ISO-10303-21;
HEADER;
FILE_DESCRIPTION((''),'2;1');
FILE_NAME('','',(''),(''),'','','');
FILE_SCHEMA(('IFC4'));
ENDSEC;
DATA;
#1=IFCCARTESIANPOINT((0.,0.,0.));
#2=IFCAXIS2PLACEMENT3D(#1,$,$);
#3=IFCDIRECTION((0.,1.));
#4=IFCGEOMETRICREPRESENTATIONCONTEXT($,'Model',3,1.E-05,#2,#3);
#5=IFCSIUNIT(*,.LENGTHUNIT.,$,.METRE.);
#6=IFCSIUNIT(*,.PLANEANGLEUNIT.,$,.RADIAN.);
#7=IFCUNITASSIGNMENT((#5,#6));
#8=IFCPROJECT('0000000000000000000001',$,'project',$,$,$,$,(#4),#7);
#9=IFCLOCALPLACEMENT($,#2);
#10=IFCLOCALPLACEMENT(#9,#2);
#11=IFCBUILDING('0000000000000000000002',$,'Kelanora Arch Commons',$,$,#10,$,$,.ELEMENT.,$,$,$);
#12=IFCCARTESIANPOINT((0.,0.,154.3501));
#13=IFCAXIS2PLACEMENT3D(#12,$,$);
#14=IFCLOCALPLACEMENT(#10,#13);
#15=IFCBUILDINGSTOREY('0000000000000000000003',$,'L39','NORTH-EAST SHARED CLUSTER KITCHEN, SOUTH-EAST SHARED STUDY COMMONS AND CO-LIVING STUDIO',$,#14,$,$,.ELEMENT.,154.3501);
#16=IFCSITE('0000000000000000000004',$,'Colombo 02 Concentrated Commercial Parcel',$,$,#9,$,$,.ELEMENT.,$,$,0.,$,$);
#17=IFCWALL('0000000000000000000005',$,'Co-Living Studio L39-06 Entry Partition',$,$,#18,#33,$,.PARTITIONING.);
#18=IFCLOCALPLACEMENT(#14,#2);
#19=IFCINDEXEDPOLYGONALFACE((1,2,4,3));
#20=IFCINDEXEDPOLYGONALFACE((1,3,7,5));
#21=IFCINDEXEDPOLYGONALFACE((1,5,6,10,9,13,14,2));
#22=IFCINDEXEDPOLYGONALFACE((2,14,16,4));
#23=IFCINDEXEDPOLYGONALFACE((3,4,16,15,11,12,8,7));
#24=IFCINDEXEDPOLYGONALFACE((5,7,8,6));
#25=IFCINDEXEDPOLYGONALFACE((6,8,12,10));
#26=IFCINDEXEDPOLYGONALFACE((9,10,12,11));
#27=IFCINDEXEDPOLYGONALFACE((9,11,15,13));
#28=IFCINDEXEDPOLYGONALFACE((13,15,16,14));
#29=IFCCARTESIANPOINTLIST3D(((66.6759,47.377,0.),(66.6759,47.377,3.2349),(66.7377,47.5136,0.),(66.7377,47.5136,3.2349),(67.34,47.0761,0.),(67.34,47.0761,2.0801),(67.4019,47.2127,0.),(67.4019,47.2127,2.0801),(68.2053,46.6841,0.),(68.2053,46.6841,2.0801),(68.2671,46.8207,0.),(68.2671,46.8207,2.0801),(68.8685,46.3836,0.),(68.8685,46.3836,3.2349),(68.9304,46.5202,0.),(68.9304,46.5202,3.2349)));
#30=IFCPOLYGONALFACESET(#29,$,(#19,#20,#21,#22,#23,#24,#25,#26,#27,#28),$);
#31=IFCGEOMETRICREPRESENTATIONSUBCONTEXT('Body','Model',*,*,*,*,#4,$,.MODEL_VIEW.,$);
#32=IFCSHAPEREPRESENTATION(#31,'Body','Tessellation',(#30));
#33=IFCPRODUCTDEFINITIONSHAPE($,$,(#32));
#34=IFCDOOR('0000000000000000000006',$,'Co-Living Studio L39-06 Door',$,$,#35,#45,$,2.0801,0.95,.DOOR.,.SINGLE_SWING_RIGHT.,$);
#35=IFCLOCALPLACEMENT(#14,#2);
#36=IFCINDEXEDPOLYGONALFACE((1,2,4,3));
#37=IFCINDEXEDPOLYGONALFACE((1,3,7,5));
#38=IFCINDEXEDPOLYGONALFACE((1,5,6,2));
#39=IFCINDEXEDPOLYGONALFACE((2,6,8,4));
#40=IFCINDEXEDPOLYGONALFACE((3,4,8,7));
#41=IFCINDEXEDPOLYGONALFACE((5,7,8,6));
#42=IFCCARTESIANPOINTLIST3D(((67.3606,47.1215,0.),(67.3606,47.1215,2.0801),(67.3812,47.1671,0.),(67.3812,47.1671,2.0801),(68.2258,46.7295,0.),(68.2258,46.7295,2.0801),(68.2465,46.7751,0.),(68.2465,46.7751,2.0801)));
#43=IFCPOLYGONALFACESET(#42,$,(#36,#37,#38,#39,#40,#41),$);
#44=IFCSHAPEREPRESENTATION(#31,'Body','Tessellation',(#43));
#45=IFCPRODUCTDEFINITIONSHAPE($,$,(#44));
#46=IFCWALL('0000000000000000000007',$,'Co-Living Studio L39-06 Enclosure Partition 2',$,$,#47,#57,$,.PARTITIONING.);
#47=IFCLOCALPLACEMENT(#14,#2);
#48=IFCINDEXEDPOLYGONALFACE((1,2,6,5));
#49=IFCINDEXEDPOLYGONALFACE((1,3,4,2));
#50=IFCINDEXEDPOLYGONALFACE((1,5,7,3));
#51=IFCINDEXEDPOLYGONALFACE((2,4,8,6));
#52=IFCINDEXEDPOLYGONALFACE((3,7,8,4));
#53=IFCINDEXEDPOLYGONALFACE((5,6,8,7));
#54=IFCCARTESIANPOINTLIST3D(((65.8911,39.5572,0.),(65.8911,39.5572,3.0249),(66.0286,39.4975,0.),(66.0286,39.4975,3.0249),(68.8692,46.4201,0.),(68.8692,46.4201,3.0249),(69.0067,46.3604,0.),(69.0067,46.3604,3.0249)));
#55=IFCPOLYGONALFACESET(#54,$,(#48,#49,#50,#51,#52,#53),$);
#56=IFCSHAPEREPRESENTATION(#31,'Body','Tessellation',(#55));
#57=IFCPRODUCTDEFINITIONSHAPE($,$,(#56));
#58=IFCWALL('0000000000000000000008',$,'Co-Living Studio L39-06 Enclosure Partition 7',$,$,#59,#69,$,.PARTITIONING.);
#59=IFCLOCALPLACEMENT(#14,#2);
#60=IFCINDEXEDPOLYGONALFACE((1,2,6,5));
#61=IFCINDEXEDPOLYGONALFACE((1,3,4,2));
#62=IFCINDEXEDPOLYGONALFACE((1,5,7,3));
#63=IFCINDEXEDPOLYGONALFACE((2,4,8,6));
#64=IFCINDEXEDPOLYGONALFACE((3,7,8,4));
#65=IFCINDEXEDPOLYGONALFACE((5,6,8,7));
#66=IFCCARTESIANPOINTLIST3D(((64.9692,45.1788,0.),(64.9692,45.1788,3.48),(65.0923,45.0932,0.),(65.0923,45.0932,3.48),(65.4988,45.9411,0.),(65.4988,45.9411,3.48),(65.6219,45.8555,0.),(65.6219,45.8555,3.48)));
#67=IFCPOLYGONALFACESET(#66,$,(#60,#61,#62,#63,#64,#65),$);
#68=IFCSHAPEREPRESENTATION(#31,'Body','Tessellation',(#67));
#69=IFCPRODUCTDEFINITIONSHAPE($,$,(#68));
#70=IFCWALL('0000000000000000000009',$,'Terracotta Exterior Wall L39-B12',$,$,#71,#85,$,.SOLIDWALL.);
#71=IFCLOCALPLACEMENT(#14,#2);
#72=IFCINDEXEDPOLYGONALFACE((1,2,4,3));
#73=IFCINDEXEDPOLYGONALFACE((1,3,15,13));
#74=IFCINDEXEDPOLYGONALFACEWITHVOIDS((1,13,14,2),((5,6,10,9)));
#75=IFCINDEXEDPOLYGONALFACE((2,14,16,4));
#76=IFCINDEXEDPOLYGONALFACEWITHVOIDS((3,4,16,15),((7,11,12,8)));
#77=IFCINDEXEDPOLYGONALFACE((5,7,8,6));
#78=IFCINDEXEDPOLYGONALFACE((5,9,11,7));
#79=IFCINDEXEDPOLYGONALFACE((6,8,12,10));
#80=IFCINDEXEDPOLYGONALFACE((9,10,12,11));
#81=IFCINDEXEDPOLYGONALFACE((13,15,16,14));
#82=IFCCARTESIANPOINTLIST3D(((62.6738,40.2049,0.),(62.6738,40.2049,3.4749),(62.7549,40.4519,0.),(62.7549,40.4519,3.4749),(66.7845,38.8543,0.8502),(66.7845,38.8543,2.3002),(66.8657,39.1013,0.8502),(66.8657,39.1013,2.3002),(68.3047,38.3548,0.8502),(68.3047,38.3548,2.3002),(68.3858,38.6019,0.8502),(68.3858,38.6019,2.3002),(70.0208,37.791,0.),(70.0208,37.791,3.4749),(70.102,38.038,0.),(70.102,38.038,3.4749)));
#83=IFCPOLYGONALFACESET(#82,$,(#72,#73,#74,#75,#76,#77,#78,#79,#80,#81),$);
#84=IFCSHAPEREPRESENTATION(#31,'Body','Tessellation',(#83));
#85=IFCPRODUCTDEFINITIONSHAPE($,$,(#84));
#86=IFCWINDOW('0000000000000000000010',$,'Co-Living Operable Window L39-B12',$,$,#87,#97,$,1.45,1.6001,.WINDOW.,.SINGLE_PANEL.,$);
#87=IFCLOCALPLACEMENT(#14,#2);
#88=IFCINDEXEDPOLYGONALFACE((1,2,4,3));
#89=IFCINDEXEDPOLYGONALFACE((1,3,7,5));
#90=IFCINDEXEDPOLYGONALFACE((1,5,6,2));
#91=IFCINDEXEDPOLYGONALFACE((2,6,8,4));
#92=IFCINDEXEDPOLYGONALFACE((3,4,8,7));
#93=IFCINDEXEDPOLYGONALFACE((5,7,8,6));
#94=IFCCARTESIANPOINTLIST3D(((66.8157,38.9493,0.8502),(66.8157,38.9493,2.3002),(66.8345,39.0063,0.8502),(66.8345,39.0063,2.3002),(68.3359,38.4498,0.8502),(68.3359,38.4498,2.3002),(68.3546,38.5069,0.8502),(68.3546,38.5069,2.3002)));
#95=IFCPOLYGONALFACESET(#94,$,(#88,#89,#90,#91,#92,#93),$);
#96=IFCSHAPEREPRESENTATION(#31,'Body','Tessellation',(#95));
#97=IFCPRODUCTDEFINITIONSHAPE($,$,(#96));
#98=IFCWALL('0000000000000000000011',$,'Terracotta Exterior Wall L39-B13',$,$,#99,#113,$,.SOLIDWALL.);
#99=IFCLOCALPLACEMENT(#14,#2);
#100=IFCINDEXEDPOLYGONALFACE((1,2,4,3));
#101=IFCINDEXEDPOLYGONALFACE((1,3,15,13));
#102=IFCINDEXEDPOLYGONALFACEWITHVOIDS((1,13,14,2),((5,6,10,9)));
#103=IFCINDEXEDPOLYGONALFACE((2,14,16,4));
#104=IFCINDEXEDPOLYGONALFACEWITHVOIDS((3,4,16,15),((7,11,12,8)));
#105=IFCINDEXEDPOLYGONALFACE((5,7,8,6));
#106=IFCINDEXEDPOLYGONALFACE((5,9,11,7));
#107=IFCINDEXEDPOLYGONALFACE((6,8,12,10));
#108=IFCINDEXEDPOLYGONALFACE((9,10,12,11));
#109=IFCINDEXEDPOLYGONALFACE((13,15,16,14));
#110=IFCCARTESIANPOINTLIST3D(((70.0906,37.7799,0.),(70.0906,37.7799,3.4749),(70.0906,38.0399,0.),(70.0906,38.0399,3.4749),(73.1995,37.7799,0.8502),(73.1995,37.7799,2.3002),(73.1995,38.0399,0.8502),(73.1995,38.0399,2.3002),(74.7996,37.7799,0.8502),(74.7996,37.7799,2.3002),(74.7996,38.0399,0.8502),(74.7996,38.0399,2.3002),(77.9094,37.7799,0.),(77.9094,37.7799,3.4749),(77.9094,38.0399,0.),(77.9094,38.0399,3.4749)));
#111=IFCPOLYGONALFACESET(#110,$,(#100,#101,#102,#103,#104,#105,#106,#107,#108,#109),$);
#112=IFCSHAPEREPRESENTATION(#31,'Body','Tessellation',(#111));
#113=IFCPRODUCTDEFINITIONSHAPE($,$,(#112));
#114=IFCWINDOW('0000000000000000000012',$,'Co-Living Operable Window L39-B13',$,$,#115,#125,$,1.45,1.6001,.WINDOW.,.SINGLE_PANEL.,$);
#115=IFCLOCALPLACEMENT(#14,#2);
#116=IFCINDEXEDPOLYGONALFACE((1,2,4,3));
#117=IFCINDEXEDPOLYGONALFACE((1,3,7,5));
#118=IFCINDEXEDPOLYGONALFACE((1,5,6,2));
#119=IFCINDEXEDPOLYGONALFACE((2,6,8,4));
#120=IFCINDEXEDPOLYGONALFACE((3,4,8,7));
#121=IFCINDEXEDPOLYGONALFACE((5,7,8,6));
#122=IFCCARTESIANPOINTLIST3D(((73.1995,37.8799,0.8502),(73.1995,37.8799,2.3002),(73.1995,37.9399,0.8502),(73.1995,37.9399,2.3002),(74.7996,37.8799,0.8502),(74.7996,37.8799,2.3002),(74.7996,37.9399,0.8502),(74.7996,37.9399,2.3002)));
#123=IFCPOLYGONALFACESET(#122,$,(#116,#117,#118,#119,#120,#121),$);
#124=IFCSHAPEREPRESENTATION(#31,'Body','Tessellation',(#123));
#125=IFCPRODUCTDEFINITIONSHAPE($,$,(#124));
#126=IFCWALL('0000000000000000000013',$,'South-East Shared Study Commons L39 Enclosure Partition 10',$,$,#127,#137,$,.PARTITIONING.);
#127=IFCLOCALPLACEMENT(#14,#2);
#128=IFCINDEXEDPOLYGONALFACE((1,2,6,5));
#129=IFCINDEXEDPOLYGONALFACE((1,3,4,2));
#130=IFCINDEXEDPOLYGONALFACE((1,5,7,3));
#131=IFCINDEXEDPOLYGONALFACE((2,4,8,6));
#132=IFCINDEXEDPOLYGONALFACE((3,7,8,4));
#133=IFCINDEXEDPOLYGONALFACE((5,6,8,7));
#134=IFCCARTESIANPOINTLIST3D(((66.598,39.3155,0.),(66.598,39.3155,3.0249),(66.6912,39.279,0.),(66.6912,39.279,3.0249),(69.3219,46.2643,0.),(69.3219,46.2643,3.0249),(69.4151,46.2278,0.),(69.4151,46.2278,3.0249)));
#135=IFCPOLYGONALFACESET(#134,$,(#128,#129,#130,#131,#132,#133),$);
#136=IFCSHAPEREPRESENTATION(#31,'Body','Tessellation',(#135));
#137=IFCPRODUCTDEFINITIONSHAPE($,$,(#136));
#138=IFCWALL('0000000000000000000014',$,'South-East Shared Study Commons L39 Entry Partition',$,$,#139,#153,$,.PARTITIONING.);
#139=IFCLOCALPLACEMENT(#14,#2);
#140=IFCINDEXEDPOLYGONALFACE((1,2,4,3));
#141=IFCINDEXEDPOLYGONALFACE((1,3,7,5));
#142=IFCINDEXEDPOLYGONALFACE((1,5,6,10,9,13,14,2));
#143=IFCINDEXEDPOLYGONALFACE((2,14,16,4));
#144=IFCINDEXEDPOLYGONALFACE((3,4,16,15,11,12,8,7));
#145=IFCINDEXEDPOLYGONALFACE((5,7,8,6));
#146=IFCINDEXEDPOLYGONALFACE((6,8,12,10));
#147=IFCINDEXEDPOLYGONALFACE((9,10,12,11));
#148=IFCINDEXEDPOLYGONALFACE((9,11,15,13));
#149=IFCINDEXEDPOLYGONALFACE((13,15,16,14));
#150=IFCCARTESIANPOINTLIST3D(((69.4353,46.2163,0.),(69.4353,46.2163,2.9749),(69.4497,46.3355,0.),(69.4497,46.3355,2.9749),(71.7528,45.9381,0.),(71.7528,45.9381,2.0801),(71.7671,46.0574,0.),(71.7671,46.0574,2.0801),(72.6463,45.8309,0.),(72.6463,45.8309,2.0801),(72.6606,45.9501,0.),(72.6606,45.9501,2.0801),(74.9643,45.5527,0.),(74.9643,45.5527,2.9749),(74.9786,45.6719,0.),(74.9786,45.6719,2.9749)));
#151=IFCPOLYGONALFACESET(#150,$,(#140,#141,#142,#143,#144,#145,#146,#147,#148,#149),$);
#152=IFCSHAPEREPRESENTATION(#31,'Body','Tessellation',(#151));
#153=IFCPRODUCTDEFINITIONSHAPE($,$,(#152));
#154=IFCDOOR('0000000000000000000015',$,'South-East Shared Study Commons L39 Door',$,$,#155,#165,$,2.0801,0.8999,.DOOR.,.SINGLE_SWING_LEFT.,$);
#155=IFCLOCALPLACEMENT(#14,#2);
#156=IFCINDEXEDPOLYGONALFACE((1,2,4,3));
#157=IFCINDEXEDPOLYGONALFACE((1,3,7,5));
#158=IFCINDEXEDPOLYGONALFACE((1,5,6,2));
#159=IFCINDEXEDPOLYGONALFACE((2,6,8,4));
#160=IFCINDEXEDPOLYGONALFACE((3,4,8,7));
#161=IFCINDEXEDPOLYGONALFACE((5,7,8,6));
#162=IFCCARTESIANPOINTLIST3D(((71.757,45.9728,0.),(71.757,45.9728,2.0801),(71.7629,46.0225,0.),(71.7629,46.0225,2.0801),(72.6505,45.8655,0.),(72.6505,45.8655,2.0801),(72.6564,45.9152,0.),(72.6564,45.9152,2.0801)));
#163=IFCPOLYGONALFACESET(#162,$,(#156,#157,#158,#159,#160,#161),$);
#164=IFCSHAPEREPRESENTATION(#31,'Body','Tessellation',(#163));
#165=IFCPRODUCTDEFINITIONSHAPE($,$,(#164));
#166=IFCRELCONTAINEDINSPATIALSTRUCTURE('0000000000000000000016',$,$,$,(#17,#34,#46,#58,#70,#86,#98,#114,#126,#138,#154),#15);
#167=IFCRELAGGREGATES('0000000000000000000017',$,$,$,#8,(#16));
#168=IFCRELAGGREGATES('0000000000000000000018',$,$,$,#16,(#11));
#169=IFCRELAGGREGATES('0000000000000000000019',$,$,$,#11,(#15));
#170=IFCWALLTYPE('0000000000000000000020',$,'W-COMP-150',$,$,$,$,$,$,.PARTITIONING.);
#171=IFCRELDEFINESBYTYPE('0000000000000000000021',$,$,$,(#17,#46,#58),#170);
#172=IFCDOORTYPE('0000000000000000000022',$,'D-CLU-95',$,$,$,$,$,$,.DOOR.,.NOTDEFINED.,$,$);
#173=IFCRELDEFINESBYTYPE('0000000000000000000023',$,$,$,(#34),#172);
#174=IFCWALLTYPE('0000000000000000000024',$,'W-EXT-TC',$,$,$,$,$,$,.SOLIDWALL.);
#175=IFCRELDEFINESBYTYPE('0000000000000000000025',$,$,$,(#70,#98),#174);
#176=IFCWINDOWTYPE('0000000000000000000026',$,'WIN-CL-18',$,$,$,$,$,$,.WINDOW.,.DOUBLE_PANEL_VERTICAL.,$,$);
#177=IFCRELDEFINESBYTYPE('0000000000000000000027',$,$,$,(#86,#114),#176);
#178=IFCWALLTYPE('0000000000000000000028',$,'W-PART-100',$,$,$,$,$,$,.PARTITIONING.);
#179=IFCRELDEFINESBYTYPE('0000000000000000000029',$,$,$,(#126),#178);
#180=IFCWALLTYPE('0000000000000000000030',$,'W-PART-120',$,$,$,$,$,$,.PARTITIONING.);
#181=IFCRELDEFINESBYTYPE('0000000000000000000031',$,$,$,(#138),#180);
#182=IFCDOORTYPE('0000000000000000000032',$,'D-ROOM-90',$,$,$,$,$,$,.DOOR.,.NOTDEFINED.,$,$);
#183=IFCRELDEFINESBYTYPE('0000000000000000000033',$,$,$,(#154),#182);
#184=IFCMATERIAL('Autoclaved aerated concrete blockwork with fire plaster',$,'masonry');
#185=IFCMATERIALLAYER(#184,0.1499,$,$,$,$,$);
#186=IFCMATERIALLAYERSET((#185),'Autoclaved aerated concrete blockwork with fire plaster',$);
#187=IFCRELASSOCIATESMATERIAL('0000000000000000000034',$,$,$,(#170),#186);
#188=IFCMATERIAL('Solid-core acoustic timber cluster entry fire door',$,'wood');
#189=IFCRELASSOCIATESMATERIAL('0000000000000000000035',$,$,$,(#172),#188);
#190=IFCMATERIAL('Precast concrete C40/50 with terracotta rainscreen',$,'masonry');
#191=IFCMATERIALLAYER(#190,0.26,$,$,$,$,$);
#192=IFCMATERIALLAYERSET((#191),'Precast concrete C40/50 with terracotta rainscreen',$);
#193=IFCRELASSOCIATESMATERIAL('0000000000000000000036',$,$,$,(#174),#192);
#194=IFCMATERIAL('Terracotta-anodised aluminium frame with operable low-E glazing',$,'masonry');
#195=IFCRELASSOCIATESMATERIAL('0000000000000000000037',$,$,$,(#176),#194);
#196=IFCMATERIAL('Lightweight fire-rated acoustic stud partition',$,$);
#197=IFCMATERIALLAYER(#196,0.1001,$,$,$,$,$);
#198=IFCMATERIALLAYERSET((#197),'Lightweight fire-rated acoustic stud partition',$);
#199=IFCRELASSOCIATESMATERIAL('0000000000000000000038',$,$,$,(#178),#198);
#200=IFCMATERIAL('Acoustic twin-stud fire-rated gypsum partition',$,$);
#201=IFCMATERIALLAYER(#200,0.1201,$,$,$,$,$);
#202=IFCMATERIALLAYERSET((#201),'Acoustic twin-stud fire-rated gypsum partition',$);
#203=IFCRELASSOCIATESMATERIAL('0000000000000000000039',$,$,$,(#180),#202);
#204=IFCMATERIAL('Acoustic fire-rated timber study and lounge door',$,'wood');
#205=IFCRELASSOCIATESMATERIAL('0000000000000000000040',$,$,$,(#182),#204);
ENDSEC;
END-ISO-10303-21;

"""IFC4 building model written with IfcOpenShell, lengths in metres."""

from ifc_helpers import new_model, si_unit, direction, frame, frame_2d, origin, place, context, subcontext, project, spatial, rectangle, extrude, material, layer, layer_set, type_object, element, fill, save


model = new_model("IFC4")

# Units and contexts
model_context = context("Model", 3, precision=1e-05, world=origin(), true_north=direction((0.0, 1.0)))
body_context = subcontext(model_context, "Body", "Model", "MODEL_VIEW")
ifc_project = project(units=[si_unit("LENGTHUNIT", "METRE"), si_unit("PLANEANGLEUNIT", "RADIAN")], contexts=[model_context])

# Site, building, storey
site_placement = place(None, origin())
site = spatial("IfcSite", under=ifc_project, at=site_placement, Name="Colombo 02 Concentrated Commercial Parcel", CompositionType="ELEMENT", RefElevation=0.0)
building_placement = place(site_placement, origin())
building = spatial("IfcBuilding", under=site, at=building_placement, Name="Kelanora Arch Commons", CompositionType="ELEMENT")
storey_placement = place(building_placement, frame((0.0, 0.0, 154.3501)))
storey = spatial("IfcBuildingStorey", under=building, at=storey_placement, Name="L39", Description="NORTH-EAST SHARED CLUSTER KITCHEN, SOUTH-EAST SHARED STUDY COMMONS AND CO-LIVING STUDIO", CompositionType="ELEMENT", Elevation=154.3501)

# Wall, opening, door
ifc_material_1 = material(Name="Autoclaved aerated concrete blockwork with fire plaster", Category="masonry")
ifc_layer_1 = layer(ifc_material_1, 0.1499)
ifc_layer_set_1 = layer_set([ifc_layer_1], Name="Autoclaved aerated concrete blockwork with fire plaster")
wall_type_1 = type_object("IfcWallType", Name="W-COMP-150", PredefinedType="PARTITIONING", material=ifc_layer_set_1)
wall_1_placement = place(storey_placement, frame((66.7068, 47.4453, 0.0), z_axis=(0.0, 0.0, 1.0), x_axis=(0.910873, -0.412687, 0.0)))
wall_1 = element("IfcWall", 1, at=wall_1_placement, inside=storey, type_object=wall_type_1, Name="Co-Living Studio L39-06 Entry Partition", PredefinedType="PARTITIONING", context=body_context, shape_type="SweptSolid", body=[
    extrude(rectangle(XDim=2.4072, YDim=0.1499, at=frame_2d((1.2036, 0.0))), origin(), (0.0, 0.0, 1.0), 3.2349),
])
opening_1_placement = place(wall_1_placement, frame((0.729, 0.0, 0.0)))
opening_1 = element("IfcOpeningElement", 2, at=opening_1_placement, cuts=wall_1, PredefinedType="OPENING", context=body_context, shape_type="SweptSolid", body=[
    extrude(rectangle(XDim=0.95, YDim=2.0801, at=frame_2d((0.4751, 1.04))), frame((0.0, 0.085, 0.0), z_axis=(0.0, -1.0, 0.0), x_axis=(1.0, 0.0, 0.0)), (0.0, 0.0, 1.0), 0.1699),
])
ifc_material_2 = material(Name="Solid-core acoustic timber cluster entry fire door", Category="wood")
door_type_1 = type_object("IfcDoorType", Name="D-CLU-95", OperationType="NOTDEFINED", PredefinedType="DOOR", material=ifc_material_2)
door_1_placement = place(opening_1_placement, origin())
door_1 = element("IfcDoor", 3, at=door_1_placement, inside=storey, type_object=door_type_1, Name="Co-Living Studio L39-06 Door", OperationType="SINGLE_SWING_RIGHT", OverallHeight=2.0801, OverallWidth=0.95, PredefinedType="DOOR", context=body_context, shape_type="SweptSolid", body=[
    extrude(rectangle(XDim=0.95, YDim=2.0801, at=frame_2d((0.4751, 1.04))), frame((0.0, 0.0249, 0.0), z_axis=(0.0, -1.0, 0.0), x_axis=(1.0, 0.0, 0.0)), (0.0, 0.0, 1.0), 0.05),
])
fill(opening_1, door_1)

# Walls
wall_2_placement = place(storey_placement, frame((68.938, 46.3904, 0.0), z_axis=(0.0, 0.0, 1.0), x_axis=(-0.398074, -0.917353, 0.0)))
element("IfcWall", 4, at=wall_2_placement, inside=storey, type_object=wall_type_1, Name="Co-Living Studio L39-06 Enclosure Partition 2", PredefinedType="PARTITIONING", context=body_context, shape_type="SweptSolid", body=[
    extrude(rectangle(XDim=7.4812, YDim=0.1499, at=frame_2d((3.7407, 0.0))), origin(), (0.0, 0.0, 1.0), 3.0249),
])
wall_3_placement = place(storey_placement, frame((65.0308, 45.136, 0.0), z_axis=(0.0, 0.0, 1.0), x_axis=(0.570563, 0.821254, 0.0)))
element("IfcWall", 5, at=wall_3_placement, inside=storey, type_object=wall_type_1, Name="Co-Living Studio L39-06 Enclosure Partition 7", PredefinedType="PARTITIONING", context=body_context, shape_type="SweptSolid", body=[
    extrude(rectangle(XDim=0.9282, YDim=0.1499, at=frame_2d((0.4641, 0.0))), origin(), (0.0, 0.0, 1.0), 3.48),
])

# Walls, openings, windows
ifc_material_3 = material(Name="Precast concrete C40/50 with terracotta rainscreen", Category="masonry")
ifc_layer_2 = layer(ifc_material_3, 0.26)
ifc_layer_set_2 = layer_set([ifc_layer_2], Name="Precast concrete C40/50 with terracotta rainscreen")
wall_type_2 = type_object("IfcWallType", Name="W-EXT-TC", PredefinedType="SOLIDWALL", material=ifc_layer_set_2)
wall_4_placement = place(storey_placement, frame((62.7144, 40.3284, 0.0), z_axis=(0.0, 0.0, 1.0), x_axis=(0.950038, -0.312133, 0.0)))
wall_4 = element("IfcWall", 6, at=wall_4_placement, inside=storey, type_object=wall_type_2, Name="Terracotta Exterior Wall L39-B12", PredefinedType="SOLIDWALL", context=body_context, shape_type="SweptSolid", body=[
    extrude(rectangle(XDim=7.7334, YDim=0.26, at=frame_2d((3.8667, 0.0))), origin(), (0.0, 0.0, 1.0), 3.4749),
])
opening_2_placement = place(wall_4_placement, frame((4.3269, 0.0, 0.8501)))
opening_2 = element("IfcOpeningElement", 7, at=opening_2_placement, cuts=wall_4, PredefinedType="OPENING", context=body_context, shape_type="SweptSolid", body=[
    extrude(rectangle(XDim=1.6001, YDim=1.45, at=frame_2d((0.8, 0.7251))), frame((0.0, 0.1401, 0.0), z_axis=(0.0, -1.0, 0.0), x_axis=(1.0, 0.0, 0.0)), (0.0, 0.0, 1.0), 0.28),
])
ifc_material_4 = material(Name="Terracotta-anodised aluminium frame with operable low-E glazing", Category="masonry")
window_type = type_object("IfcWindowType", Name="WIN-CL-18", PartitioningType="DOUBLE_PANEL_VERTICAL", PredefinedType="WINDOW", material=ifc_material_4)
window_1_placement = place(opening_2_placement, origin())
window_1 = element("IfcWindow", 8, at=window_1_placement, inside=storey, type_object=window_type, Name="Co-Living Operable Window L39-B12", OverallHeight=1.45, OverallWidth=1.6001, PartitioningType="SINGLE_PANEL", PredefinedType="WINDOW", context=body_context, shape_type="SweptSolid", body=[
    extrude(rectangle(XDim=1.6001, YDim=1.45, at=frame_2d((0.8, 0.7251))), frame((0.0, 0.03, 0.0), z_axis=(0.0, -1.0, 0.0), x_axis=(1.0, 0.0, 0.0)), (0.0, 0.0, 1.0), 0.0601),
])
fill(opening_2, window_1)
wall_5_placement = place(storey_placement, frame((70.0906, 37.9099, 0.0), z_axis=(0.0, 0.0, 1.0), x_axis=(1.0, 0.0, 0.0)))
wall_5 = element("IfcWall", 9, at=wall_5_placement, inside=storey, type_object=wall_type_2, Name="Terracotta Exterior Wall L39-B13", PredefinedType="SOLIDWALL", context=body_context, shape_type="SweptSolid", body=[
    extrude(rectangle(XDim=7.8188, YDim=0.26, at=frame_2d((3.9094, 0.0))), origin(), (0.0, 0.0, 1.0), 3.4749),
])
opening_3_placement = place(wall_5_placement, frame((3.1089, 0.0, 0.8501)))
opening_3 = element("IfcOpeningElement", 10, at=opening_3_placement, cuts=wall_5, PredefinedType="OPENING", context=body_context, shape_type="SweptSolid", body=[
    extrude(rectangle(XDim=1.6001, YDim=1.45, at=frame_2d((0.8, 0.7251))), frame((0.0, 0.1401, 0.0), z_axis=(0.0, -1.0, 0.0), x_axis=(1.0, 0.0, 0.0)), (0.0, 0.0, 1.0), 0.28),
])
window_2_placement = place(opening_3_placement, origin())
window_2 = element("IfcWindow", 11, at=window_2_placement, inside=storey, type_object=window_type, Name="Co-Living Operable Window L39-B13", OverallHeight=1.45, OverallWidth=1.6001, PartitioningType="SINGLE_PANEL", PredefinedType="WINDOW", context=body_context, shape_type="SweptSolid", body=[
    extrude(rectangle(XDim=1.6001, YDim=1.45, at=frame_2d((0.8, 0.7251))), frame((0.0, 0.03, 0.0), z_axis=(0.0, -1.0, 0.0), x_axis=(1.0, 0.0, 0.0)), (0.0, 0.0, 1.0), 0.0601),
])
fill(opening_3, window_2)

# Wall
ifc_material_5 = material(Name="Lightweight fire-rated acoustic stud partition")
ifc_layer_3 = layer(ifc_material_5, 0.1001)
ifc_layer_set_3 = layer_set([ifc_layer_3], Name="Lightweight fire-rated acoustic stud partition")
wall_type_3 = type_object("IfcWallType", Name="W-PART-100", PredefinedType="PARTITIONING", material=ifc_layer_set_3)
wall_6_placement = place(storey_placement, frame((66.6445, 39.2971, 0.0), z_axis=(0.0, 0.0, 1.0), x_axis=(0.364958, 0.931024, 0.0)))
element("IfcWall", 12, at=wall_6_placement, inside=storey, type_object=wall_type_3, Name="South-East Shared Study Commons L39 Enclosure Partition 10", PredefinedType="PARTITIONING", context=body_context, shape_type="SweptSolid", body=[
    extrude(rectangle(XDim=7.4636, YDim=0.1001, at=frame_2d((3.7319, 0.0))), origin(), (0.0, 0.0, 1.0), 3.0249),
])

# Wall, opening, door
ifc_material_6 = material(Name="Acoustic twin-stud fire-rated gypsum partition")
ifc_layer_4 = layer(ifc_material_6, 0.1201)
ifc_layer_set_4 = layer_set([ifc_layer_4], Name="Acoustic twin-stud fire-rated gypsum partition")
wall_type_4 = type_object("IfcWallType", Name="W-PART-120", PredefinedType="PARTITIONING", material=ifc_layer_set_4)
wall_7_placement = place(storey_placement, frame((69.4426, 46.2759, 0.0), z_axis=(0.0, 0.0, 1.0), x_axis=(0.992874, -0.119166, 0.0)))
wall_7 = element("IfcWall", 13, at=wall_7_placement, inside=storey, type_object=wall_type_4, Name="South-East Shared Study Commons L39 Entry Partition", PredefinedType="PARTITIONING", context=body_context, shape_type="SweptSolid", body=[
    extrude(rectangle(XDim=5.5686, YDim=0.1201, at=frame_2d((2.7842, 0.0))), origin(), (0.0, 0.0, 1.0), 2.9749),
])
opening_4_placement = place(wall_7_placement, frame((2.334, 0.0, 0.0)))
opening_4 = element("IfcOpeningElement", 14, at=opening_4_placement, cuts=wall_7, PredefinedType="OPENING", context=body_context, shape_type="SweptSolid", body=[
    extrude(rectangle(XDim=0.8999, YDim=2.0801, at=frame_2d((0.45, 1.04))), frame((0.0, 0.0701, 0.0), z_axis=(0.0, -1.0, 0.0), x_axis=(1.0, 0.0, 0.0)), (0.0, 0.0, 1.0), 0.1401),
])
ifc_material_7 = material(Name="Acoustic fire-rated timber study and lounge door", Category="wood")
door_type_2 = type_object("IfcDoorType", Name="D-ROOM-90", OperationType="NOTDEFINED", PredefinedType="DOOR", material=ifc_material_7)
door_2_placement = place(opening_4_placement, origin())
door_2 = element("IfcDoor", 15, at=door_2_placement, inside=storey, type_object=door_type_2, Name="South-East Shared Study Commons L39 Door", OperationType="SINGLE_SWING_LEFT", OverallHeight=2.0801, OverallWidth=0.8999, PredefinedType="DOOR", context=body_context, shape_type="SweptSolid", body=[
    extrude(rectangle(XDim=0.8999, YDim=2.0801, at=frame_2d((0.45, 1.04))), frame((0.0, 0.0249, 0.0), z_axis=(0.0, -1.0, 0.0), x_axis=(1.0, 0.0, 0.0)), (0.0, 0.0, 1.0), 0.05),
])
fill(opening_4, door_2)

save(model, "model.ifc")
